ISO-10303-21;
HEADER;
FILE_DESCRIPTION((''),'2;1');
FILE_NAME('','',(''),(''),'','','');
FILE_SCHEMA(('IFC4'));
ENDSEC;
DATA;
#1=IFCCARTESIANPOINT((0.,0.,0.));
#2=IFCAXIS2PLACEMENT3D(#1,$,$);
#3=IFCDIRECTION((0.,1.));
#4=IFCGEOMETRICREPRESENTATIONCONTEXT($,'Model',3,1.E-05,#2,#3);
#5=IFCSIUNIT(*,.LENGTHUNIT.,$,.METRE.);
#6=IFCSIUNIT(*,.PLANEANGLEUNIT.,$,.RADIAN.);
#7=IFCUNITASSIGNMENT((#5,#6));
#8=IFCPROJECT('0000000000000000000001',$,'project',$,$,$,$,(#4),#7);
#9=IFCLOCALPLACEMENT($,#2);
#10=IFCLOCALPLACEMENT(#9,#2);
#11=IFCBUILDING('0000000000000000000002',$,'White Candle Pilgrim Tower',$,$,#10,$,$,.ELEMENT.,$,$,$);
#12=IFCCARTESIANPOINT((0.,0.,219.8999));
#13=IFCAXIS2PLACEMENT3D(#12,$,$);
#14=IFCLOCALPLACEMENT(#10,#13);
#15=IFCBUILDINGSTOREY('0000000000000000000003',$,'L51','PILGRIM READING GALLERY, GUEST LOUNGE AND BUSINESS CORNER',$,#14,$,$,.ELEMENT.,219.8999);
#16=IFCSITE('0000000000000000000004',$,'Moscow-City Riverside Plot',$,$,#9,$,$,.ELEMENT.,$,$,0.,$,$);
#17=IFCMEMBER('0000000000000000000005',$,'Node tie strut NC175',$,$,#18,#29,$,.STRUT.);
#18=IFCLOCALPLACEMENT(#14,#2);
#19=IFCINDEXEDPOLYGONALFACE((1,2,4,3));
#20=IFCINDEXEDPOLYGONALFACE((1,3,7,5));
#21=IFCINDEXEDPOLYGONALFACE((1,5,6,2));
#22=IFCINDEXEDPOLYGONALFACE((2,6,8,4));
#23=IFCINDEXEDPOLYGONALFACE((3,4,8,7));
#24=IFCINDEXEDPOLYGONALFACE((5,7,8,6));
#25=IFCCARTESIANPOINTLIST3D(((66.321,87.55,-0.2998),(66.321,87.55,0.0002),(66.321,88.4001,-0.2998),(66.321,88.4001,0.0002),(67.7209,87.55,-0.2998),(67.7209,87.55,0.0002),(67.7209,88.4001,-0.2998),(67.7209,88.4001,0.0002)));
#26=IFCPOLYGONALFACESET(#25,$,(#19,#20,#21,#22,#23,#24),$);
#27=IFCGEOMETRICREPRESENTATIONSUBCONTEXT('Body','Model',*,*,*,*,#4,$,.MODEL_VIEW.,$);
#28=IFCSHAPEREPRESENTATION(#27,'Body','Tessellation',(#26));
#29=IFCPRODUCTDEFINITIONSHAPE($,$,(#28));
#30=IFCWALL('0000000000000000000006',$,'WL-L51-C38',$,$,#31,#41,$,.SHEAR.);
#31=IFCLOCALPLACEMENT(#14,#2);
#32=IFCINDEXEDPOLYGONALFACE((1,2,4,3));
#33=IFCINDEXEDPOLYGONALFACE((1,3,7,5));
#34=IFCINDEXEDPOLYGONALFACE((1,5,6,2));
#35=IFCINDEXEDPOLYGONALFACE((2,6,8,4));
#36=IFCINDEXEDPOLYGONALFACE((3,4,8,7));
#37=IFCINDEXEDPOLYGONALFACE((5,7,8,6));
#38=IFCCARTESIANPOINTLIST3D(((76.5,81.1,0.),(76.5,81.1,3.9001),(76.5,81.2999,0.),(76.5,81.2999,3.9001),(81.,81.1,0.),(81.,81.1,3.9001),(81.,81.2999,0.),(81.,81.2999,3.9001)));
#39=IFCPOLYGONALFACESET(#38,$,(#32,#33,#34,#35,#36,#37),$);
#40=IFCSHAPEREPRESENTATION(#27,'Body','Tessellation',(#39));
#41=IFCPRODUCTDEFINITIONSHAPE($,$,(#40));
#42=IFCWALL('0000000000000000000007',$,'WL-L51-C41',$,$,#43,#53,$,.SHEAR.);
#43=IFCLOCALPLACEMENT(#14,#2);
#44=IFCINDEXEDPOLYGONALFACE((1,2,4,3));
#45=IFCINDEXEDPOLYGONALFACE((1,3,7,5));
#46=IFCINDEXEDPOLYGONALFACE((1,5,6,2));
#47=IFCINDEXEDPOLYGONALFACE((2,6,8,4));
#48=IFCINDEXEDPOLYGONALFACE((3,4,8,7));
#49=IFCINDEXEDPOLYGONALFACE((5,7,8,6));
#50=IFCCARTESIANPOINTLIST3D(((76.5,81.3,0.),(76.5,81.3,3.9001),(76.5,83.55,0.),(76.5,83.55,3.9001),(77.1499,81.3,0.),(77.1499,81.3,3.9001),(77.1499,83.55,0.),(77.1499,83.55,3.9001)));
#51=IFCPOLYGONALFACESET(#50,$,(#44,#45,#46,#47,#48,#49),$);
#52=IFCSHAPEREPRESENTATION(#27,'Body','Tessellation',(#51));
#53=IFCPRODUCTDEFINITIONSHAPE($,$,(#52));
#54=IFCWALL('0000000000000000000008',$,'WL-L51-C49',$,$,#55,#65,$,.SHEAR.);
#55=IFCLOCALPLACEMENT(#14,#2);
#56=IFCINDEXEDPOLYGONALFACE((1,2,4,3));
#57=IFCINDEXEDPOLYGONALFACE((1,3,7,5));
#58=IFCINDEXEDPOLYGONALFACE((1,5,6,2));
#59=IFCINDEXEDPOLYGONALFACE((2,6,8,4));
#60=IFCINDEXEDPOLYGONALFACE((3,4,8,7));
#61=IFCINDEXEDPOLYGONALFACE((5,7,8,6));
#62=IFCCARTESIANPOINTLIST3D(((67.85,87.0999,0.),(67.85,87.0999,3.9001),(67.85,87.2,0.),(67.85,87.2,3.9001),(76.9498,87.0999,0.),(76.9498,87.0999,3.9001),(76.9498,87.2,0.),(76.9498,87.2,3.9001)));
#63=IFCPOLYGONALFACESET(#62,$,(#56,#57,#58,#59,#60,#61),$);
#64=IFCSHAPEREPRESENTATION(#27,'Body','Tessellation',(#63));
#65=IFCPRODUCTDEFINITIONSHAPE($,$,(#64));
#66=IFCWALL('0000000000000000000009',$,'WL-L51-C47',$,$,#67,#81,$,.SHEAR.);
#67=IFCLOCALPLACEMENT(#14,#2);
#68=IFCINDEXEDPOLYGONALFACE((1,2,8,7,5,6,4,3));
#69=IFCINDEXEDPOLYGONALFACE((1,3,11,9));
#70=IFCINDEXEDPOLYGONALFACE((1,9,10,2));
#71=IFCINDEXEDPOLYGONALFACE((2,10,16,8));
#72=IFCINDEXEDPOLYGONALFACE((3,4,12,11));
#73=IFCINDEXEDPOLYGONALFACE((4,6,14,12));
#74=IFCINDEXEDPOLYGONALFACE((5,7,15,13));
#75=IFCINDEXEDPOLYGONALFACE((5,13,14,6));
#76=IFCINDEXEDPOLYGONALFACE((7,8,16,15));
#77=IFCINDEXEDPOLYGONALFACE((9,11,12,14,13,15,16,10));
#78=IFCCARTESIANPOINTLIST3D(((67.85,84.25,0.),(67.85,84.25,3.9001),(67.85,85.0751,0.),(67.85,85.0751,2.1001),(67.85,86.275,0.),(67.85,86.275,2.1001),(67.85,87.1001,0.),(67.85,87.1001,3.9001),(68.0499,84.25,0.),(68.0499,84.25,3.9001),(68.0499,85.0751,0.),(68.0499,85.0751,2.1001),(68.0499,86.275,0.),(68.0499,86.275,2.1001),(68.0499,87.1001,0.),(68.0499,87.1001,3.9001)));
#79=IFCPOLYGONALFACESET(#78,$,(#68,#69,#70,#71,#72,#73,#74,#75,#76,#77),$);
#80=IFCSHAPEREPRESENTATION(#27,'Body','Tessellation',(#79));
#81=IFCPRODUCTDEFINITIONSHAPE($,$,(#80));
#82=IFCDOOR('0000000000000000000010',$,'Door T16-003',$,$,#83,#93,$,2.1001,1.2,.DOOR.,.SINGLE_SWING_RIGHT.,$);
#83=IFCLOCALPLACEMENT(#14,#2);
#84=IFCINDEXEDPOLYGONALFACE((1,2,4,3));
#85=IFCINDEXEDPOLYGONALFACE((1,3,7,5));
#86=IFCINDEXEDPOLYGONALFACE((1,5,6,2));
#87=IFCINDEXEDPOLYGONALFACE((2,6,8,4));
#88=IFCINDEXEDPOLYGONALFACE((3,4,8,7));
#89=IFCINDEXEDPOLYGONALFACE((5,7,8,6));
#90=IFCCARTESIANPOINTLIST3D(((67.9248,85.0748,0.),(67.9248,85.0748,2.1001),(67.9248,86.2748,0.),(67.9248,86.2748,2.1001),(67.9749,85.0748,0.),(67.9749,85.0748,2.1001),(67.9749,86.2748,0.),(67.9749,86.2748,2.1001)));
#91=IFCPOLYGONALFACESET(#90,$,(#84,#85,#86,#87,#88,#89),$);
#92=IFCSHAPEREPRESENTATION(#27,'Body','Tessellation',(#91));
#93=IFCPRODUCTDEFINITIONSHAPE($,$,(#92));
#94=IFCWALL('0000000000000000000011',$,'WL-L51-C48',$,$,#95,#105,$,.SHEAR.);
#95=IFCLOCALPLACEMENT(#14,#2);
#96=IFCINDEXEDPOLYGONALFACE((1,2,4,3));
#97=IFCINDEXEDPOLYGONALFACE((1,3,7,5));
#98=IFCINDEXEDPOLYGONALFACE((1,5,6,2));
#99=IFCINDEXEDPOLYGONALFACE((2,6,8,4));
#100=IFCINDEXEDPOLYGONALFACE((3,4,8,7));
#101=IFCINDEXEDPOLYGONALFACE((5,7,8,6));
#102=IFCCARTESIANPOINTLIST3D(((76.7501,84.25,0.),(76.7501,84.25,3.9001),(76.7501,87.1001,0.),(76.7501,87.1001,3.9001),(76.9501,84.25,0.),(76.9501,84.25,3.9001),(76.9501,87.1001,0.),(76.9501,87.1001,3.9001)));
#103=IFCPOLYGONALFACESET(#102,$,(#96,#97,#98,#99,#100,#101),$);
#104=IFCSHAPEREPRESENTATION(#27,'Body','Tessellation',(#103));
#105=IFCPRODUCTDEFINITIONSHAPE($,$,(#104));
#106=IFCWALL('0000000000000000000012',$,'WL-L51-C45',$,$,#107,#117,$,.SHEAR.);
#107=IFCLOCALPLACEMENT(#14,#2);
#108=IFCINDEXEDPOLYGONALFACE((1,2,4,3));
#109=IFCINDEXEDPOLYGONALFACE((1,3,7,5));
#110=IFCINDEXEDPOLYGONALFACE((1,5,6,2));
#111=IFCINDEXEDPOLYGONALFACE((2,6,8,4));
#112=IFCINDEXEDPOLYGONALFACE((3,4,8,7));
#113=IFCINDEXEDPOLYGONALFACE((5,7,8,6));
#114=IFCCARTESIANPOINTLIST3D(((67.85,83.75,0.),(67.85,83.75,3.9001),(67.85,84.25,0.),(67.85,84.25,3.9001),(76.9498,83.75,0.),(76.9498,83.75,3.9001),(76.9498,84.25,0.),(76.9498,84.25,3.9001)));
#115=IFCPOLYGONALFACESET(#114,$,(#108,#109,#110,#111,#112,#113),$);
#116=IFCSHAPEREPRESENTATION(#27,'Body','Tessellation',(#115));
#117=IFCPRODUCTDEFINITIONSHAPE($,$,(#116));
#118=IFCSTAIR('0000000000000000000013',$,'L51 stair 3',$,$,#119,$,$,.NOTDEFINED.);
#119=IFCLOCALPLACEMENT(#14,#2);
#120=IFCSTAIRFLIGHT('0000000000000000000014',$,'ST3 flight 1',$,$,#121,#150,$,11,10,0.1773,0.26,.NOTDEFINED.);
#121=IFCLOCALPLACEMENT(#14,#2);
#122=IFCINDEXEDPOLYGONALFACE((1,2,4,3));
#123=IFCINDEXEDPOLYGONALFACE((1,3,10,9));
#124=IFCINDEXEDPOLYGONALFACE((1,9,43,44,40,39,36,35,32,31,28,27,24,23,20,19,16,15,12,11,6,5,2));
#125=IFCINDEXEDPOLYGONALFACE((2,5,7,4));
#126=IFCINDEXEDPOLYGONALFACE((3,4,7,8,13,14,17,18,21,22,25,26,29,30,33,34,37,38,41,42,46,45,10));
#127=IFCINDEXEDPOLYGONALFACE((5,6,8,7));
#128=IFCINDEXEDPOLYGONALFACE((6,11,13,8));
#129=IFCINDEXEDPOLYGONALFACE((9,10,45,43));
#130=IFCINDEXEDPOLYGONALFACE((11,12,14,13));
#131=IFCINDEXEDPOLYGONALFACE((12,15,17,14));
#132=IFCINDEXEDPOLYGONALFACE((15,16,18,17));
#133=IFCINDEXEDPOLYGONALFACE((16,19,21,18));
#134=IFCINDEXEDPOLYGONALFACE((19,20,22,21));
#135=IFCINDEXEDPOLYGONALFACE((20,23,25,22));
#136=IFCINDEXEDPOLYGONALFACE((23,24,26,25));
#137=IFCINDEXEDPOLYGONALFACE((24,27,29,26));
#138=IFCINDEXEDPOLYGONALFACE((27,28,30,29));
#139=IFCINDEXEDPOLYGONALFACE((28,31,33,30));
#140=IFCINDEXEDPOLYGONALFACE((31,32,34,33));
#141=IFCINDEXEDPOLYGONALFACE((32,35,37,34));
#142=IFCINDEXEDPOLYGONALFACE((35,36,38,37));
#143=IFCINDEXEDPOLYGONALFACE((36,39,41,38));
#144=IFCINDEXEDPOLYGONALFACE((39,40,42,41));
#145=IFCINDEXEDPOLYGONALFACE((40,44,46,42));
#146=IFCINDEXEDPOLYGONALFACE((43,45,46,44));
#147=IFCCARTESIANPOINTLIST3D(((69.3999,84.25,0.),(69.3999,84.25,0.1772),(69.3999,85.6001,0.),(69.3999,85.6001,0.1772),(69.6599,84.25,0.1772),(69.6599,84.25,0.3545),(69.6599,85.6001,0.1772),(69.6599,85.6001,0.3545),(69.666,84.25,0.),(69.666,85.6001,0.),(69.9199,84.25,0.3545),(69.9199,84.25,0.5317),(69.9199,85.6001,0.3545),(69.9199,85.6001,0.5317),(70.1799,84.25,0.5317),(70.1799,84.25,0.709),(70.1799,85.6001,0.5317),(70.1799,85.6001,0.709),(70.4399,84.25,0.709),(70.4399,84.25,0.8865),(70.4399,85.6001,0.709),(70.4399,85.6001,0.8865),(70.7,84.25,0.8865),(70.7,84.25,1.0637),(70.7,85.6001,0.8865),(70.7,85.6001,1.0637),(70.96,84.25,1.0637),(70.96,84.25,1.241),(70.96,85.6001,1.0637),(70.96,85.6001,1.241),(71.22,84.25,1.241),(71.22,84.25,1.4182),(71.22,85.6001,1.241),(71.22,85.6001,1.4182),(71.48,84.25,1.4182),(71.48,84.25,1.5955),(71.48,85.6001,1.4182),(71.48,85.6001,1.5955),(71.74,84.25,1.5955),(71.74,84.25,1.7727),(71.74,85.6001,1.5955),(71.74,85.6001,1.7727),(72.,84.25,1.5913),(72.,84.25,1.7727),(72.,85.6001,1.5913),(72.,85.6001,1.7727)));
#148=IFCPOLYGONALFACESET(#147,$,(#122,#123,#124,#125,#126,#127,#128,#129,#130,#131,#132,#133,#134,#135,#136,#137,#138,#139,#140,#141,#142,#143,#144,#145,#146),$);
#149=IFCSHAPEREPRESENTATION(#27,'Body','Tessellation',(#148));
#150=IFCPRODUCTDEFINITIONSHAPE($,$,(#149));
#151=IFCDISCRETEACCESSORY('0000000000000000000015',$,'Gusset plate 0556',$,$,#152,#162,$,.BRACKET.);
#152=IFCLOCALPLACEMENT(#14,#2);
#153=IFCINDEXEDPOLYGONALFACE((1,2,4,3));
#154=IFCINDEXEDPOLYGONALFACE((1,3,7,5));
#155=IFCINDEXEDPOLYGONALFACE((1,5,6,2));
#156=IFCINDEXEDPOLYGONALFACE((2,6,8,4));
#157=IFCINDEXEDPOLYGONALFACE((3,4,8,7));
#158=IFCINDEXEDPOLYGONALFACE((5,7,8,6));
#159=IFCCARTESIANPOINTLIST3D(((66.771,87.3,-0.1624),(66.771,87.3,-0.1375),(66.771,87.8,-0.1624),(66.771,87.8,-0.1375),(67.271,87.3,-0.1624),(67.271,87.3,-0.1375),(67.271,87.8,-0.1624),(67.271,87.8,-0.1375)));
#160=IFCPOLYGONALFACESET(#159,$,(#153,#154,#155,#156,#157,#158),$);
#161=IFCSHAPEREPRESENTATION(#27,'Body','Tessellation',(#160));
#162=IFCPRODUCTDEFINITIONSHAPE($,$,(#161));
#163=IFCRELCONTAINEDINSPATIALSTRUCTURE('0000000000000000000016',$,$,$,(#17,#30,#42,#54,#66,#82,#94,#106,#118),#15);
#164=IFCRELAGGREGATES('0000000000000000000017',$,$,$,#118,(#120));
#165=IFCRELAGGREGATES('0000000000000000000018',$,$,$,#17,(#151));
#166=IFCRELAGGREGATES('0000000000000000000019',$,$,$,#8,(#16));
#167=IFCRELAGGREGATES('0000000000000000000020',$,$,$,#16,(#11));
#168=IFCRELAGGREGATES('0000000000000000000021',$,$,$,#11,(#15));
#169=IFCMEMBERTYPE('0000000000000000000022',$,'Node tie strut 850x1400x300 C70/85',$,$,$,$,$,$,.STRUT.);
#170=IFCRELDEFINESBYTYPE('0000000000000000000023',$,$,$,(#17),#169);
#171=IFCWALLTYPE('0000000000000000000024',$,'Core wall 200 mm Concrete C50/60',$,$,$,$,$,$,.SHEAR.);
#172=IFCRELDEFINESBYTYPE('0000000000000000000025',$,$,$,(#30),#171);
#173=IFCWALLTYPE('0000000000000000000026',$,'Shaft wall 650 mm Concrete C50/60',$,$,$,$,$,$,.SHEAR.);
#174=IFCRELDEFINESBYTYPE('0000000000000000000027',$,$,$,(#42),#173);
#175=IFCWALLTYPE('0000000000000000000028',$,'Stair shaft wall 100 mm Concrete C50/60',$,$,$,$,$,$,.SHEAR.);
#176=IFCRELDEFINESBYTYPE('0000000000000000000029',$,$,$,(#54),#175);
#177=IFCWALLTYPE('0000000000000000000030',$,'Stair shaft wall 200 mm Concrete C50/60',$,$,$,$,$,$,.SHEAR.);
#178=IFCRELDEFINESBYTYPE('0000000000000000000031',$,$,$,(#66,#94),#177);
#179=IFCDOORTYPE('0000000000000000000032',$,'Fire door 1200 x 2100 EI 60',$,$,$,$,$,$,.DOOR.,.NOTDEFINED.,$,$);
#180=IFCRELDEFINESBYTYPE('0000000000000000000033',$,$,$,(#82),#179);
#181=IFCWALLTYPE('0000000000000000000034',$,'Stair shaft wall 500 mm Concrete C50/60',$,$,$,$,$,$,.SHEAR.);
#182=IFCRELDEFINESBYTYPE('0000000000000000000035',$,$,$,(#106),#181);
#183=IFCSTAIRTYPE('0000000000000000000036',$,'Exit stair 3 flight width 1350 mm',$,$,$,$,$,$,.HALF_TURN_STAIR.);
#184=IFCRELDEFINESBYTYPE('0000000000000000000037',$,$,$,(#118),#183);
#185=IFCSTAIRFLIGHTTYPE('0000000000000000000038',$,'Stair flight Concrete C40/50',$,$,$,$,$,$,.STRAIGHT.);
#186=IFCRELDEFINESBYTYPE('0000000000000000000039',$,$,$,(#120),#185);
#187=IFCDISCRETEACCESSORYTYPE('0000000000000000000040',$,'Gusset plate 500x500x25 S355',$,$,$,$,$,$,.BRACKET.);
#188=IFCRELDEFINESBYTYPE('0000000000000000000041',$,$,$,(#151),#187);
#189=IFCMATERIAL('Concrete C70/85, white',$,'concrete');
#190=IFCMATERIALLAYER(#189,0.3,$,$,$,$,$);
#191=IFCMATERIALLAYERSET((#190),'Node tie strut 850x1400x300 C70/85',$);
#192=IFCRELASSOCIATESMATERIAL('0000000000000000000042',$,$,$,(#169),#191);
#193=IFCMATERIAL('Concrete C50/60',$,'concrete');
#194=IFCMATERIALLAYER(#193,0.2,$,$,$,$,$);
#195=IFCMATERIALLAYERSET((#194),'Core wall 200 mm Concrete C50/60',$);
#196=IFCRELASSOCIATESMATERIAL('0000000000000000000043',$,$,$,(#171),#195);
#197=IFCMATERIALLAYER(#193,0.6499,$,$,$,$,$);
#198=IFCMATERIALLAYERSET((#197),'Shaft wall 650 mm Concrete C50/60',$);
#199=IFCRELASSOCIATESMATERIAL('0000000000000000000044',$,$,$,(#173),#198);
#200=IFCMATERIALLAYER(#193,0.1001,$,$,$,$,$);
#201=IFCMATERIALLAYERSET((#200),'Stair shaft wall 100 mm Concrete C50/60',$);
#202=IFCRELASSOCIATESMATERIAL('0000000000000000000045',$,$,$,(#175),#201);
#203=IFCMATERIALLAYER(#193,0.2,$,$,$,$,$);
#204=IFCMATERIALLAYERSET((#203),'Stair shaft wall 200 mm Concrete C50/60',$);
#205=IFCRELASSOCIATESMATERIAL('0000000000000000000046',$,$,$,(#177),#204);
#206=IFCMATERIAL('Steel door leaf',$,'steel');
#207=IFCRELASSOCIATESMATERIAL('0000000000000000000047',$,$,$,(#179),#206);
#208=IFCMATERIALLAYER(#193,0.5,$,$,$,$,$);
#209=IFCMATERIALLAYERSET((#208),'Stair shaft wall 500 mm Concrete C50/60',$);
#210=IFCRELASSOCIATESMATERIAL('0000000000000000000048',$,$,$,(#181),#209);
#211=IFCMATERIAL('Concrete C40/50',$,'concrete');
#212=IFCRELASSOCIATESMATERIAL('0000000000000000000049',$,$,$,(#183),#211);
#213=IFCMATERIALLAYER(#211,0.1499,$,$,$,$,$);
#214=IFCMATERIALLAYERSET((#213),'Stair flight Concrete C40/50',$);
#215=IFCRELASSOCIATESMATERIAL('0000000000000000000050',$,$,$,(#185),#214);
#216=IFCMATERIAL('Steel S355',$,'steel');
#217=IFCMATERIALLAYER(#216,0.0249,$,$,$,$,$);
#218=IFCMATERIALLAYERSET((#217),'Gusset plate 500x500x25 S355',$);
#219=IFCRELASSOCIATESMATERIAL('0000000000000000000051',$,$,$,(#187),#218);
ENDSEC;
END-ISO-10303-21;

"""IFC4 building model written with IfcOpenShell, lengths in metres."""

from ifc_helpers import new_model, si_unit, direction, frame, frame_2d, origin, origin_2d, place, context, subcontext, project, spatial, polyline, rectangle, outline, extrude, material, layer, layer_set, type_object, element, fill, aggregate, save


model = new_model("IFC4")

# Units and contexts
model_context = context("Model", 3, precision=1e-05, world=origin(), true_north=direction((0.0, 1.0)))
body_context = subcontext(model_context, "Body", "Model", "MODEL_VIEW")
ifc_project = project(units=[si_unit("LENGTHUNIT", "METRE"), si_unit("PLANEANGLEUNIT", "RADIAN")], contexts=[model_context])

# Site, building, storey
site_placement = place(None, origin())
site = spatial("IfcSite", under=ifc_project, at=site_placement, Name="Moscow-City Riverside Plot", CompositionType="ELEMENT", RefElevation=0.0)
building_placement = place(site_placement, origin())
building = spatial("IfcBuilding", under=site, at=building_placement, Name="White Candle Pilgrim Tower", CompositionType="ELEMENT")
storey_placement = place(building_placement, frame((0.0, 0.0, 219.8999)))
storey = spatial("IfcBuildingStorey", under=building, at=storey_placement, Name="L51", Description="PILGRIM READING GALLERY, GUEST LOUNGE AND BUSINESS CORNER", CompositionType="ELEMENT", Elevation=219.8999)

# Member
ifc_material_1 = material(Name="Concrete C70/85, white", Category="concrete")
ifc_layer_1 = layer(ifc_material_1, 0.3)
ifc_layer_set_1 = layer_set([ifc_layer_1], Name="Node tie strut 850x1400x300 C70/85")
member_type = type_object("IfcMemberType", Name="Node tie strut 850x1400x300 C70/85", PredefinedType="STRUT", material=ifc_layer_set_1)
member_placement = place(storey_placement, frame((67.021, 87.9751, -0.2998), z_axis=(0.0, 0.0, 1.0), x_axis=(-1.0, 0.0, 0.0)))
member = element("IfcMember", 1, at=member_placement, inside=storey, type_object=member_type, Name="Node tie strut NC175", PredefinedType="STRUT", context=body_context, shape_type="SweptSolid", body=[
    extrude(rectangle(XDim=1.3999, YDim=0.8501, at=origin_2d()), origin(), (0.0, 0.0, 1.0), 0.3),
])

# Walls
ifc_material_2 = material(Name="Concrete C50/60", Category="concrete")
ifc_layer_2 = layer(ifc_material_2, 0.2)
ifc_layer_set_2 = layer_set([ifc_layer_2], Name="Core wall 200 mm Concrete C50/60")
wall_type_1 = type_object("IfcWallType", Name="Core wall 200 mm Concrete C50/60", PredefinedType="SHEAR", material=ifc_layer_set_2)
wall_1_placement = place(storey_placement, frame((76.5, 81.2, 0.0), z_axis=(0.0, 0.0, 1.0), x_axis=(1.0, 0.0, 0.0)))
element("IfcWall", 2, at=wall_1_placement, inside=storey, type_object=wall_type_1, Name="WL-L51-C38", PredefinedType="SHEAR", context=body_context, shape_type="SweptSolid", body=[
    extrude(rectangle(XDim=4.5, YDim=0.2, at=frame_2d((2.25, 0.0))), origin(), (0.0, 0.0, 1.0), 3.9001),
])
ifc_layer_3 = layer(ifc_material_2, 0.6499)
ifc_layer_set_3 = layer_set([ifc_layer_3], Name="Shaft wall 650 mm Concrete C50/60")
wall_type_2 = type_object("IfcWallType", Name="Shaft wall 650 mm Concrete C50/60", PredefinedType="SHEAR", material=ifc_layer_set_3)
wall_2_placement = place(storey_placement, frame((76.825, 81.3, 0.0), z_axis=(0.0, 0.0, 1.0), x_axis=(0.0, 1.0, 0.0)))
element("IfcWall", 3, at=wall_2_placement, inside=storey, type_object=wall_type_2, Name="WL-L51-C41", PredefinedType="SHEAR", context=body_context, shape_type="SweptSolid", body=[
    extrude(rectangle(XDim=2.25, YDim=0.6499, at=frame_2d((1.125, 0.0))), origin(), (0.0, 0.0, 1.0), 3.9001),
])
ifc_layer_4 = layer(ifc_material_2, 0.1001)
ifc_layer_set_4 = layer_set([ifc_layer_4], Name="Stair shaft wall 100 mm Concrete C50/60")
wall_type_3 = type_object("IfcWallType", Name="Stair shaft wall 100 mm Concrete C50/60", PredefinedType="SHEAR", material=ifc_layer_set_4)
wall_3_placement = place(storey_placement, frame((67.8501, 87.1499, 0.0), z_axis=(0.0, 0.0, 1.0), x_axis=(1.0, 0.0, 0.0)))
element("IfcWall", 4, at=wall_3_placement, inside=storey, type_object=wall_type_3, Name="WL-L51-C49", PredefinedType="SHEAR", context=body_context, shape_type="SweptSolid", body=[
    extrude(rectangle(XDim=9.0999, YDim=0.1001, at=frame_2d((4.5498, 0.0))), origin(), (0.0, 0.0, 1.0), 3.9001),
])

# Wall, opening, door
ifc_layer_5 = layer(ifc_material_2, 0.2)
ifc_layer_set_5 = layer_set([ifc_layer_5], Name="Stair shaft wall 200 mm Concrete C50/60")
wall_type_4 = type_object("IfcWallType", Name="Stair shaft wall 200 mm Concrete C50/60", PredefinedType="SHEAR", material=ifc_layer_set_5)
wall_4_placement = place(storey_placement, frame((67.95, 84.25, 0.0), z_axis=(0.0, 0.0, 1.0), x_axis=(0.0, 1.0, 0.0)))
wall_4 = element("IfcWall", 5, at=wall_4_placement, inside=storey, type_object=wall_type_4, Name="WL-L51-C47", PredefinedType="SHEAR", context=body_context, shape_type="SweptSolid", body=[
    extrude(rectangle(XDim=2.8501, YDim=0.2, at=frame_2d((1.425, 0.0))), origin(), (0.0, 0.0, 1.0), 3.9001),
])
opening_placement = place(wall_4_placement, frame((0.825, 0.0, 0.0)))
opening = element("IfcOpeningElement", 6, at=opening_placement, cuts=wall_4, PredefinedType="OPENING", context=body_context, shape_type="SweptSolid", body=[
    extrude(rectangle(XDim=1.2, YDim=2.1001, at=frame_2d((0.6001, 1.05))), frame((0.0, 0.1099, 0.0), z_axis=(0.0, -1.0, 0.0), x_axis=(1.0, 0.0, 0.0)), (0.0, 0.0, 1.0), 0.22),
])
ifc_material_3 = material(Name="Steel door leaf", Category="steel")
door_type = type_object("IfcDoorType", Name="Fire door 1200 x 2100 EI 60", OperationType="NOTDEFINED", PredefinedType="DOOR", material=ifc_material_3)
door_placement = place(opening_placement, frame((1.2, 0.0, 0.0), z_axis=(0.0, 0.0, 1.0), x_axis=(-1.0, 0.0, 0.0)))
door = element("IfcDoor", 7, at=door_placement, inside=storey, type_object=door_type, Name="Door T16-003", OperationType="SINGLE_SWING_RIGHT", OverallHeight=2.1001, OverallWidth=1.2, PredefinedType="DOOR", context=body_context, shape_type="SweptSolid", body=[
    extrude(rectangle(XDim=1.2, YDim=2.1001, at=frame_2d((0.6001, 1.05))), frame((0.0, 0.0249, 0.0), z_axis=(0.0, -1.0, 0.0), x_axis=(1.0, 0.0, 0.0)), (0.0, 0.0, 1.0), 0.05),
])
fill(opening, door)

# Walls
wall_5_placement = place(storey_placement, frame((76.8501, 84.25, 0.0), z_axis=(0.0, 0.0, 1.0), x_axis=(0.0, 1.0, 0.0)))
element("IfcWall", 8, at=wall_5_placement, inside=storey, type_object=wall_type_4, Name="WL-L51-C48", PredefinedType="SHEAR", context=body_context, shape_type="SweptSolid", body=[
    extrude(rectangle(XDim=2.8501, YDim=0.2, at=frame_2d((1.425, 0.0))), origin(), (0.0, 0.0, 1.0), 3.9001),
])
ifc_layer_6 = layer(ifc_material_2, 0.5)
ifc_layer_set_6 = layer_set([ifc_layer_6], Name="Stair shaft wall 500 mm Concrete C50/60")
wall_type_5 = type_object("IfcWallType", Name="Stair shaft wall 500 mm Concrete C50/60", PredefinedType="SHEAR", material=ifc_layer_set_6)
wall_6_placement = place(storey_placement, frame((67.8501, 84.0, 0.0), z_axis=(0.0, 0.0, 1.0), x_axis=(1.0, 0.0, 0.0)))
element("IfcWall", 9, at=wall_6_placement, inside=storey, type_object=wall_type_5, Name="WL-L51-C45", PredefinedType="SHEAR", context=body_context, shape_type="SweptSolid", body=[
    extrude(rectangle(XDim=9.0999, YDim=0.5, at=frame_2d((4.5498, 0.0))), origin(), (0.0, 0.0, 1.0), 3.9001),
])

# Stair, stair flight
ifc_material_4 = material(Name="Concrete C40/50", Category="concrete")
stair_type = type_object("IfcStairType", Name="Exit stair 3 flight width 1350 mm", PredefinedType="HALF_TURN_STAIR", material=ifc_material_4)
stair_placement = place(storey_placement, origin())
stair = element("IfcStair", 10, at=stair_placement, inside=storey, type_object=stair_type, Name="L51 stair 3", PredefinedType="NOTDEFINED")
ifc_layer_7 = layer(ifc_material_4, 0.1499)
ifc_layer_set_7 = layer_set([ifc_layer_7], Name="Stair flight Concrete C40/50")
stair_flight_type = type_object("IfcStairFlightType", Name="Stair flight Concrete C40/50", PredefinedType="STRAIGHT", material=ifc_layer_set_7)
stair_flight_1_placement = place(storey_placement, frame((69.3999, 84.925, 0.0), z_axis=(0.0, 0.0, 1.0), x_axis=(1.0, 0.0, 0.0)))
stair_flight_1 = element("IfcStairFlight", 11, at=stair_flight_1_placement, type_object=stair_flight_type, Name="ST3 flight 1", NumberOfRisers=11, NumberOfTreads=10, PredefinedType="NOTDEFINED", RiserHeight=0.1773, TreadLength=0.26, context=body_context, shape_type="SweptSolid", body=[
    extrude(outline(polyline([(0.0, 0.0), (0.0, 0.1772), (0.26, 0.1772), (0.26, 0.3545), (0.52, 0.3545), (0.52, 0.5317), (0.78, 0.5317), (0.78, 0.709), (1.04, 0.709), (1.04, 0.8865), (1.3, 0.8865), (1.3, 1.0637), (1.5601, 1.0637), (1.5601, 1.241), (1.8201, 1.241), (1.8201, 1.4182), (2.0801, 1.4182), (2.0801, 1.5955), (2.3401, 1.5955), (2.3401, 1.7727), (2.6001, 1.7727), (2.6001, 1.95), (2.6001, 1.5913), (0.2661, 0.0), (0.0, 0.0)])), frame((0.0, 0.675, 0.0), z_axis=(0.0, -1.0, 0.0), x_axis=(1.0, 0.0, 0.0)), (0.0, 0.0, 1.0), 1.3501),
])
aggregate(stair, [stair_flight_1])

# Discrete accessory
ifc_material_5 = material(Name="Steel S355", Category="steel")
ifc_layer_8 = layer(ifc_material_5, 0.0249)
ifc_layer_set_8 = layer_set([ifc_layer_8], Name="Gusset plate 500x500x25 S355")
discrete_accessory_type = type_object("IfcDiscreteAccessoryType", Name="Gusset plate 500x500x25 S355", PredefinedType="BRACKET", material=ifc_layer_set_8)
discrete_accessory_placement = place(storey_placement, frame((67.021, 87.55, -0.1624), z_axis=(0.0, 0.0, 1.0), x_axis=(1.0, 0.0, 0.0)))
discrete_accessory = element("IfcDiscreteAccessory", 12, at=discrete_accessory_placement, type_object=discrete_accessory_type, Name="Gusset plate 0556", PredefinedType="BRACKET", context=body_context, shape_type="SweptSolid", body=[
    extrude(rectangle(XDim=0.5, YDim=0.5, at=origin_2d()), origin(), (0.0, 0.0, 1.0), 0.0249),
])
aggregate(member, [discrete_accessory])

save(model, "model.ifc")
